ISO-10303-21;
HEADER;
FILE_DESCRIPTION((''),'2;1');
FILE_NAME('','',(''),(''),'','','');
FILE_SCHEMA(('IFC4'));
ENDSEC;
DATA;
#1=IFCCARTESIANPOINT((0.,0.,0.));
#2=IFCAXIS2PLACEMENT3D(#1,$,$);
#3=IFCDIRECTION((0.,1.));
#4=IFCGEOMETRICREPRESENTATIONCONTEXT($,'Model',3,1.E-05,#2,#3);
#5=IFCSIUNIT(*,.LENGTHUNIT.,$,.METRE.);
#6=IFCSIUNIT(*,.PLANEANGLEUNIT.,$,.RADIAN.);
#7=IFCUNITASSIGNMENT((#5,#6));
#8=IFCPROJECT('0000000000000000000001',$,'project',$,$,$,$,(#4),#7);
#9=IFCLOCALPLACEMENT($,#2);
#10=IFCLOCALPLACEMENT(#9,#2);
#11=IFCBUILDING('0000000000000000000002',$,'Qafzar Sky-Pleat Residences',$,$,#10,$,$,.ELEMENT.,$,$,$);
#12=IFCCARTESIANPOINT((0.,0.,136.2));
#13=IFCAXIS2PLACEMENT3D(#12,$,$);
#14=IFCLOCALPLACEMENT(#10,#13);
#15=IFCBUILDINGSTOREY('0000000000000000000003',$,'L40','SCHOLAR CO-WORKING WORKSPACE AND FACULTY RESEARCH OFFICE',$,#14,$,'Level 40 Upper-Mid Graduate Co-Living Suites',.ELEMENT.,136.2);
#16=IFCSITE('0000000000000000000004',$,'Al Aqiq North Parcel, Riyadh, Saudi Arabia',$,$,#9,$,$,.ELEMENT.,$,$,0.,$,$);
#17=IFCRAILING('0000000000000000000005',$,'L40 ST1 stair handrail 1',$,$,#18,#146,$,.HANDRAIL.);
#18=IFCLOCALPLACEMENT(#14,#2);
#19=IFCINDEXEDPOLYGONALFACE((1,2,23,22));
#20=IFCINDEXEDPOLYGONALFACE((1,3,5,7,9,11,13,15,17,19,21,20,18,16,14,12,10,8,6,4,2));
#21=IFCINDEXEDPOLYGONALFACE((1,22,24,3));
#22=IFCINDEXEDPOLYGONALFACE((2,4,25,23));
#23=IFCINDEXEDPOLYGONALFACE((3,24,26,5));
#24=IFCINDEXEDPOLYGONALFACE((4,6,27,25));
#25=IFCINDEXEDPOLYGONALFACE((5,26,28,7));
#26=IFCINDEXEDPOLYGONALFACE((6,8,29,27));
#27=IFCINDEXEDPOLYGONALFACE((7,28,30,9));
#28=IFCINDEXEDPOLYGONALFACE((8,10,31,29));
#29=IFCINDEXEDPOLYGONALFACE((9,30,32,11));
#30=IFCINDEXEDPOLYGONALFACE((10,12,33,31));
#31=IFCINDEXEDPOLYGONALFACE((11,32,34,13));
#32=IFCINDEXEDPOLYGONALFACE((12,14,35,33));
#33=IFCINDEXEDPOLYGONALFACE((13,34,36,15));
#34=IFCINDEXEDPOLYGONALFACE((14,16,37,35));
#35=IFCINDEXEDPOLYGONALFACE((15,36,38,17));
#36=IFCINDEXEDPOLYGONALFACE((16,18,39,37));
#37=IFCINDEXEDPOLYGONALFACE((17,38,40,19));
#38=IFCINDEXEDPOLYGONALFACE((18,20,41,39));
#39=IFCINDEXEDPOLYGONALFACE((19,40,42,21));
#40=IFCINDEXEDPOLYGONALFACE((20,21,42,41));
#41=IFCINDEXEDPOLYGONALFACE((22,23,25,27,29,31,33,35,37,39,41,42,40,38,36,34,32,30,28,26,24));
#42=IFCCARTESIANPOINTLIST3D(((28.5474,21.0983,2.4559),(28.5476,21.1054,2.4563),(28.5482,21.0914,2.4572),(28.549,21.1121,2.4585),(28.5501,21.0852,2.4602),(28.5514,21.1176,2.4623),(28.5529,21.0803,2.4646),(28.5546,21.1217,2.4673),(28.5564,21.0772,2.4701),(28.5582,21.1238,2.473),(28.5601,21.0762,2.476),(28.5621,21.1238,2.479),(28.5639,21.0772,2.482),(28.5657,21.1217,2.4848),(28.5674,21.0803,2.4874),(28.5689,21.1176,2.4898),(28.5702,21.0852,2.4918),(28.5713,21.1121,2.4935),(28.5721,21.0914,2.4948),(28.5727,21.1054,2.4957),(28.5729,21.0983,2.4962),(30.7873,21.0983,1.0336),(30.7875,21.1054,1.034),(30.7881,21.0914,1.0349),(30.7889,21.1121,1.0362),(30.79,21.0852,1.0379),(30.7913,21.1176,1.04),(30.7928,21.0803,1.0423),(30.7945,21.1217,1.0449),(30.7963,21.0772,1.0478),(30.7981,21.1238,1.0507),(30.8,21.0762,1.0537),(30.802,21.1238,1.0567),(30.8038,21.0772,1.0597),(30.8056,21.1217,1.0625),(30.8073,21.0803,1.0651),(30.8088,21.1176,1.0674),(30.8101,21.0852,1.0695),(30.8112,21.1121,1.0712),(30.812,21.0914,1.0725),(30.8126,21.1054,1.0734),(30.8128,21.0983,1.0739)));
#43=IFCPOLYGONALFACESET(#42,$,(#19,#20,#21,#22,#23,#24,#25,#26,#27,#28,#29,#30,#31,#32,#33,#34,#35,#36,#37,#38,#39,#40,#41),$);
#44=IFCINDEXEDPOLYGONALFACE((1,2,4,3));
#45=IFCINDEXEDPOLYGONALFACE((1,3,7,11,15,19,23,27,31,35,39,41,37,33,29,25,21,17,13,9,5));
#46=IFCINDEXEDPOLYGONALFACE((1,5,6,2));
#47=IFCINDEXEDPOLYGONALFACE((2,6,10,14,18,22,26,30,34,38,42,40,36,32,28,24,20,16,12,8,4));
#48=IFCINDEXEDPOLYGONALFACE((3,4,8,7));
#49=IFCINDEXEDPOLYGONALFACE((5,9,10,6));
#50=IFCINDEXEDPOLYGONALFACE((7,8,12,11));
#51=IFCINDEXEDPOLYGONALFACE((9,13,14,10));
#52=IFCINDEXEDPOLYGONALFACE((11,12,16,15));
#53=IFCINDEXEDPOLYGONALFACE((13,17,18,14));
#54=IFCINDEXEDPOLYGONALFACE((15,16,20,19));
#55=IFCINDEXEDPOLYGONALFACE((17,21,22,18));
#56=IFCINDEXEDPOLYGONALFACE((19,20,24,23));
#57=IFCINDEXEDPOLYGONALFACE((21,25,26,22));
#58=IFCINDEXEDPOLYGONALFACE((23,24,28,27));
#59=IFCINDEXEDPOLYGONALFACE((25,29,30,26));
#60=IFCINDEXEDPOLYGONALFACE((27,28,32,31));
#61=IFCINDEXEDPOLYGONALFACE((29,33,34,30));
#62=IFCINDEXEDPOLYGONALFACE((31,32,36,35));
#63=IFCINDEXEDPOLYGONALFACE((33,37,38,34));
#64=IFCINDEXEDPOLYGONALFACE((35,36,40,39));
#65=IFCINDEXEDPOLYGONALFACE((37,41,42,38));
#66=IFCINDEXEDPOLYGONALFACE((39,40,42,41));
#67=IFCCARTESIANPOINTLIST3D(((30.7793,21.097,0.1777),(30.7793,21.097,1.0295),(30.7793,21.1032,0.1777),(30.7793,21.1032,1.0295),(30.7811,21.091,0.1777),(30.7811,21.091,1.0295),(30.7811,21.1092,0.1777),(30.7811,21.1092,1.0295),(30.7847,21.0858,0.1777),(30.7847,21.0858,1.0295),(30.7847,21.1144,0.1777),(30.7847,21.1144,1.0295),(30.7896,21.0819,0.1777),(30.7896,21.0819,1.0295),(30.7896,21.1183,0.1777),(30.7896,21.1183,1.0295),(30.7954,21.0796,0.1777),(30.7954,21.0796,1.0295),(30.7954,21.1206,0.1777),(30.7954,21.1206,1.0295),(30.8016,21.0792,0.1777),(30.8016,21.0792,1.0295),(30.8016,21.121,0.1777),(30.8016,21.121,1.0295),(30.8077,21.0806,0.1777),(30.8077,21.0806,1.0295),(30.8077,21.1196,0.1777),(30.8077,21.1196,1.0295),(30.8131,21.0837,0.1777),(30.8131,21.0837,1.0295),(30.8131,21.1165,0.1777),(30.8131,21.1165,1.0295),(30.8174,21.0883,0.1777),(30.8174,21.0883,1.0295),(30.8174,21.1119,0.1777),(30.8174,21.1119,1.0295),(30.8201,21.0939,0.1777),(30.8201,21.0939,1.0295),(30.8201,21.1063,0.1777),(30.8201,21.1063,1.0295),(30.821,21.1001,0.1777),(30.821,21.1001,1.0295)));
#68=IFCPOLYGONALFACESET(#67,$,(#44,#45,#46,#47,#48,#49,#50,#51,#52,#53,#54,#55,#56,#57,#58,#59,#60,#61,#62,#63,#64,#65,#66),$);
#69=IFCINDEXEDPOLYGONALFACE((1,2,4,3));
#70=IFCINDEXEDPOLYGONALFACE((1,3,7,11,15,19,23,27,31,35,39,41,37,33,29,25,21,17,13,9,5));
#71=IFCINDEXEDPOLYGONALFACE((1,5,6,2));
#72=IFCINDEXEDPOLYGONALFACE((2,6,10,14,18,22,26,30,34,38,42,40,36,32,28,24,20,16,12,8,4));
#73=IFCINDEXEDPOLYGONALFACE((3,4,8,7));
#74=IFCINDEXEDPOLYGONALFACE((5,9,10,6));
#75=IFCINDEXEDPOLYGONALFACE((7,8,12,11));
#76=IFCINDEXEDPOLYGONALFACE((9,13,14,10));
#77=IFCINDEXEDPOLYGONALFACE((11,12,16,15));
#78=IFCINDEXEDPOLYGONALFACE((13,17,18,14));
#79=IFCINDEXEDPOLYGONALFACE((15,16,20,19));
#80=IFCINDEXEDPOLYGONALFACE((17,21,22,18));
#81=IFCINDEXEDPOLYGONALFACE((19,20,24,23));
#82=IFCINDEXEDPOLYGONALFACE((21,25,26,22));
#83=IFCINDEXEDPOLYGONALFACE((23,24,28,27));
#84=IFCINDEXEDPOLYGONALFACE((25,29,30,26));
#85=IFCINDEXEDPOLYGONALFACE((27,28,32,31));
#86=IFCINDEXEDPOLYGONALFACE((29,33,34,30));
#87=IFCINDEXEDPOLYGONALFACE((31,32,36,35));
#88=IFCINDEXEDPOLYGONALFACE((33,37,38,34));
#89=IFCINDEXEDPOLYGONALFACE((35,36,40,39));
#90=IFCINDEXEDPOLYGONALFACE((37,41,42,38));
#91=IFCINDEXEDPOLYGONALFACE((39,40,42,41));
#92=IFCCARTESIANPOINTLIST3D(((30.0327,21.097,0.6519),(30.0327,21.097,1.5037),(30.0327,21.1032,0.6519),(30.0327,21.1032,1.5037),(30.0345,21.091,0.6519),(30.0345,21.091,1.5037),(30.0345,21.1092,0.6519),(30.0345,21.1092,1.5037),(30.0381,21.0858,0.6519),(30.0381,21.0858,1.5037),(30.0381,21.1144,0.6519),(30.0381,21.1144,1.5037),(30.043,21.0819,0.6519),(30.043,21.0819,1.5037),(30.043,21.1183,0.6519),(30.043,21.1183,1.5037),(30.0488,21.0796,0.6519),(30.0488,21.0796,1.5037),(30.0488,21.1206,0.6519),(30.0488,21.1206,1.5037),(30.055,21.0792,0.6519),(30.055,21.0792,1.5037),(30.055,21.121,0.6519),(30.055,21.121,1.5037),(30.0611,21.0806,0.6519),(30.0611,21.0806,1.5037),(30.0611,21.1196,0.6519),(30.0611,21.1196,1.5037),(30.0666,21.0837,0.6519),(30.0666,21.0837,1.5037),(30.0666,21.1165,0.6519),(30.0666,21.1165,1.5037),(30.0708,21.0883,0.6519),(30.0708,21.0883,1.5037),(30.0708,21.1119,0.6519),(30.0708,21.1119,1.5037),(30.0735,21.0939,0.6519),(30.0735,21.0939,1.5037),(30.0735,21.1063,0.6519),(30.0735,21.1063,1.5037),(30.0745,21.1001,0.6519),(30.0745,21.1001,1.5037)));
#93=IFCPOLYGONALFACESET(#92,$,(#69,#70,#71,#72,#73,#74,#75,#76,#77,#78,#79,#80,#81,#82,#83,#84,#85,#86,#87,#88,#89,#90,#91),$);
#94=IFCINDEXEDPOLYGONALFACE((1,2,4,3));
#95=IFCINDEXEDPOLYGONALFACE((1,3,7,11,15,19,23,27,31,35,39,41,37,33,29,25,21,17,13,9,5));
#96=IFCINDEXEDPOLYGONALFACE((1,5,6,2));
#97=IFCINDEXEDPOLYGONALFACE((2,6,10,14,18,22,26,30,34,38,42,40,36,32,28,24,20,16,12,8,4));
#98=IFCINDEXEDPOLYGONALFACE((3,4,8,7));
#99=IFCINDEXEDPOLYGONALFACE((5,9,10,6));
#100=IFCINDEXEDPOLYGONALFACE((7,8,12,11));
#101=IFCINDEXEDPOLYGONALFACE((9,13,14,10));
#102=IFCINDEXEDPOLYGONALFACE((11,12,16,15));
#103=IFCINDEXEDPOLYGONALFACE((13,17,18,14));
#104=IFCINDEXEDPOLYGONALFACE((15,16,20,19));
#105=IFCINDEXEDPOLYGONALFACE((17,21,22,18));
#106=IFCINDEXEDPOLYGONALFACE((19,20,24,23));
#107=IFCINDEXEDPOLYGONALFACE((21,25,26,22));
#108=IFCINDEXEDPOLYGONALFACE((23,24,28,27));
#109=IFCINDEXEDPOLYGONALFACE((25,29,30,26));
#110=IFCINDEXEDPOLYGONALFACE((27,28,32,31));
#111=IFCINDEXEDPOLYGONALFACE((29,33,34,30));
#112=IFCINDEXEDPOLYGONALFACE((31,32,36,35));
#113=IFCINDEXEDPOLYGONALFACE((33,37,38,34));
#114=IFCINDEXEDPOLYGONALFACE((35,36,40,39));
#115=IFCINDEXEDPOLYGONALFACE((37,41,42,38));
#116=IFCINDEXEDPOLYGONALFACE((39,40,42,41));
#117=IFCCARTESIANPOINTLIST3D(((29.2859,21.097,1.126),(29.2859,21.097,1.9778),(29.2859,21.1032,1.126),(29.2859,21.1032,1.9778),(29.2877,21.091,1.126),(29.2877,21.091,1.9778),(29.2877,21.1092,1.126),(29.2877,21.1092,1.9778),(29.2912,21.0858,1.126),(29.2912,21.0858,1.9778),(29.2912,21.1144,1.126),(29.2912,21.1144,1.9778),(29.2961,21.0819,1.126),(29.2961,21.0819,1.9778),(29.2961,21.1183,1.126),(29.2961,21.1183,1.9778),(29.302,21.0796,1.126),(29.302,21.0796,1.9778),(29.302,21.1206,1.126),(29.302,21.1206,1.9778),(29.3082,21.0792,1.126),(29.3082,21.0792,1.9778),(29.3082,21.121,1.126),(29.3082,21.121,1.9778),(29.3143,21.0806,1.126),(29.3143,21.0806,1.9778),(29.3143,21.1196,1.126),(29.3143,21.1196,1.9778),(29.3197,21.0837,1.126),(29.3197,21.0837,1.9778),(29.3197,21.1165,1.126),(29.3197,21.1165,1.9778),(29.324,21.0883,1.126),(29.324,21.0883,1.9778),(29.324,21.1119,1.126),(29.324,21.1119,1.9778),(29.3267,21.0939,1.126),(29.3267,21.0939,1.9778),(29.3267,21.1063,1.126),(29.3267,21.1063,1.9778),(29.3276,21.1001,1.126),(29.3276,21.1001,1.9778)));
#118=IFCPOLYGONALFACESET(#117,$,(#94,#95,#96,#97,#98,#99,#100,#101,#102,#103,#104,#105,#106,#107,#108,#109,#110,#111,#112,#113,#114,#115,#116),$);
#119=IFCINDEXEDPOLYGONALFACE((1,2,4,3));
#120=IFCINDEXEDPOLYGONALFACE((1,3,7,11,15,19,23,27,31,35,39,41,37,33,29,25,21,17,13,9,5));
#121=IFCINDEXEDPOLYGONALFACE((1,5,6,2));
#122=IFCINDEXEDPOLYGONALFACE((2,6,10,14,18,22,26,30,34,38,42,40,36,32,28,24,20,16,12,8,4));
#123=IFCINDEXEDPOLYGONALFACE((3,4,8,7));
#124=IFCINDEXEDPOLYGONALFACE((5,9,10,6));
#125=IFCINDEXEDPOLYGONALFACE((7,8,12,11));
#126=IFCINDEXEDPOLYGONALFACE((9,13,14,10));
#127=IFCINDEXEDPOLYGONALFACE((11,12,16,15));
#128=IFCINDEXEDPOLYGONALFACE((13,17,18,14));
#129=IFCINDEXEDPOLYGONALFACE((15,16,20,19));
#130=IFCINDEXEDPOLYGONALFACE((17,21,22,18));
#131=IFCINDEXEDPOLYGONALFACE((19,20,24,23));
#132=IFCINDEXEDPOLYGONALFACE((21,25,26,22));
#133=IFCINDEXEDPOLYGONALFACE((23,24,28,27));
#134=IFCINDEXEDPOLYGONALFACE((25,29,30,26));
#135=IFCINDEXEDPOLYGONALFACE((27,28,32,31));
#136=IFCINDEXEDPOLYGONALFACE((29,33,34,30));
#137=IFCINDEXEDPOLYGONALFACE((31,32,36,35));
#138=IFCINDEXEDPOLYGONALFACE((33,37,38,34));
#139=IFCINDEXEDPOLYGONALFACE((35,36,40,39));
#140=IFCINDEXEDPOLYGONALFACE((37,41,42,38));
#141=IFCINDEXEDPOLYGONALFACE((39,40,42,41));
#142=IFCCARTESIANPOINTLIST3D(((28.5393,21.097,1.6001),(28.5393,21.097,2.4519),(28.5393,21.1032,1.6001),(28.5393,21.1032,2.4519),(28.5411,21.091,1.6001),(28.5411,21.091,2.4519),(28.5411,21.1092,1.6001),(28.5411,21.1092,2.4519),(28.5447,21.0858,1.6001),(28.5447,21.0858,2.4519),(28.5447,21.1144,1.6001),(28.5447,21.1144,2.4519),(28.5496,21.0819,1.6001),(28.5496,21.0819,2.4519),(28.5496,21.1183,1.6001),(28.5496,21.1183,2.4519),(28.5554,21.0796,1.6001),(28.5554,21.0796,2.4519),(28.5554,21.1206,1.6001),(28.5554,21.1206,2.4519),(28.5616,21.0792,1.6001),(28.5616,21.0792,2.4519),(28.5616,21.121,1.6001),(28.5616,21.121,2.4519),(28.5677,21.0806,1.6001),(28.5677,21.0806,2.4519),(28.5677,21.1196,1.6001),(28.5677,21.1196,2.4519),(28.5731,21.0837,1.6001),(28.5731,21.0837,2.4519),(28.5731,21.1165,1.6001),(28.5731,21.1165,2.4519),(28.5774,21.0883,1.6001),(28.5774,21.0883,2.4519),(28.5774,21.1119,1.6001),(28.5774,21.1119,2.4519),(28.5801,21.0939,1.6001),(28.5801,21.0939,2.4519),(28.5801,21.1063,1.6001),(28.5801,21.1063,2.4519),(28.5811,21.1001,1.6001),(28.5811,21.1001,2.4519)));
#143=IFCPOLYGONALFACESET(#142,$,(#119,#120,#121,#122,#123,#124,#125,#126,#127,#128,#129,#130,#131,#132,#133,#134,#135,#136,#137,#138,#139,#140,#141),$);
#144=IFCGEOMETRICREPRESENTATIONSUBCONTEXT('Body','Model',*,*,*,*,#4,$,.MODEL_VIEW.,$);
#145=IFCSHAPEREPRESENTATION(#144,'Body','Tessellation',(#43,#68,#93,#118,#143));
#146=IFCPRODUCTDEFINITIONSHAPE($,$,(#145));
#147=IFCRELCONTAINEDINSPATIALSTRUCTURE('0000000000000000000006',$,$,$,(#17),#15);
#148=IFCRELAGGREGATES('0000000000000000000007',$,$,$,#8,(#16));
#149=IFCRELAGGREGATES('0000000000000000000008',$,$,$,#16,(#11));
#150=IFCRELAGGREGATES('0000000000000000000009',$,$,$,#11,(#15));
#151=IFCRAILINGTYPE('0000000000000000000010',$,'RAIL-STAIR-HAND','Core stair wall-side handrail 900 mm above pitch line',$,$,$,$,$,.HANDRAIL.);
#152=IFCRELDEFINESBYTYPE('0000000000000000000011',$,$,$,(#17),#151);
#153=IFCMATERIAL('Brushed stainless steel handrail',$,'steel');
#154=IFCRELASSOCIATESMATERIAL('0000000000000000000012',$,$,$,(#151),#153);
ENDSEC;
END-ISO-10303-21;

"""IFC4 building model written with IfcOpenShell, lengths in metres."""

from ifc_helpers import new_model, si_unit, direction, frame, origin, origin_2d, place, context, subcontext, project, spatial, circle, extrude, source, transform, mapped, material, type_object, element, save


model = new_model("IFC4")

# Units and contexts
model_context = context("Model", 3, precision=1e-05, world=origin(), true_north=direction((0.0, 1.0)))
body_context = subcontext(model_context, "Body", "Model", "MODEL_VIEW")
ifc_project = project(units=[si_unit("LENGTHUNIT", "METRE"), si_unit("PLANEANGLEUNIT", "RADIAN")], contexts=[model_context])

# Site, building, storey
site_placement = place(None, origin())
site = spatial("IfcSite", under=ifc_project, at=site_placement, Name="Al Aqiq North Parcel, Riyadh, Saudi Arabia", CompositionType="ELEMENT", RefElevation=0.0)
building_placement = place(site_placement, origin())
building = spatial("IfcBuilding", under=site, at=building_placement, Name="Qafzar Sky-Pleat Residences", CompositionType="ELEMENT")
storey_placement = place(building_placement, frame((0.0, 0.0, 136.2)))
storey = spatial("IfcBuildingStorey", under=building, at=storey_placement, Name="L40", Description="SCHOLAR CO-WORKING WORKSPACE AND FACULTY RESEARCH OFFICE", LongName="Level 40 Upper-Mid Graduate Co-Living Suites", CompositionType="ELEMENT", Elevation=136.2)

# Railing
ifc_material_1 = material(Name="Brushed stainless steel handrail", Category="steel")
railing_type_1 = type_object("IfcRailingType", Name="RAIL-STAIR-HAND", Description="Core stair wall-side handrail 900 mm above pitch line", PredefinedType="HANDRAIL", material=ifc_material_1)
shared_shape_1 = source(origin(), body_context, "Body", "SweptSolid", [
    extrude(circle(Radius=0.0239, at=origin_2d()), frame((0.0, 0.0, 0.876), z_axis=(-0.844188, 0.0, 0.536048), x_axis=(0.0, -1.0, 0.0)), (0.0, 0.0, 1.0), 2.6533),
    extrude(circle(Radius=0.021, at=origin_2d()), origin(), (0.0, 0.0, 1.0), 0.8518),
    extrude(circle(Radius=0.021, at=origin_2d()), frame((-0.7466, 0.0, 0.4741)), (0.0, 0.0, 1.0), 0.8518),
    extrude(circle(Radius=0.021, at=origin_2d()), frame((-1.4934, 0.0, 0.9482)), (0.0, 0.0, 1.0), 0.8518),
    extrude(circle(Radius=0.021, at=origin_2d()), frame((-2.24, 0.0, 1.4224)), (0.0, 0.0, 1.0), 0.8518),
])
railing_1_placement = place(storey_placement, frame((30.8, 21.1001, 0.1777)))
element("IfcRailing", 1, at=railing_1_placement, inside=storey, type_object=railing_type_1, Name="L40 ST1 stair handrail 1", PredefinedType="HANDRAIL", context=body_context, shape_type="MappedRepresentation", body=[
    mapped(shared_shape_1, transform((0.0, 0.0, 0.0), x_axis=(1.0, 0.0, 0.0), y_axis=(0.0, 1.0, 0.0), z_axis=(0.0, 0.0, 1.0), scale=1.0)),
])

save(model, "model.ifc")
